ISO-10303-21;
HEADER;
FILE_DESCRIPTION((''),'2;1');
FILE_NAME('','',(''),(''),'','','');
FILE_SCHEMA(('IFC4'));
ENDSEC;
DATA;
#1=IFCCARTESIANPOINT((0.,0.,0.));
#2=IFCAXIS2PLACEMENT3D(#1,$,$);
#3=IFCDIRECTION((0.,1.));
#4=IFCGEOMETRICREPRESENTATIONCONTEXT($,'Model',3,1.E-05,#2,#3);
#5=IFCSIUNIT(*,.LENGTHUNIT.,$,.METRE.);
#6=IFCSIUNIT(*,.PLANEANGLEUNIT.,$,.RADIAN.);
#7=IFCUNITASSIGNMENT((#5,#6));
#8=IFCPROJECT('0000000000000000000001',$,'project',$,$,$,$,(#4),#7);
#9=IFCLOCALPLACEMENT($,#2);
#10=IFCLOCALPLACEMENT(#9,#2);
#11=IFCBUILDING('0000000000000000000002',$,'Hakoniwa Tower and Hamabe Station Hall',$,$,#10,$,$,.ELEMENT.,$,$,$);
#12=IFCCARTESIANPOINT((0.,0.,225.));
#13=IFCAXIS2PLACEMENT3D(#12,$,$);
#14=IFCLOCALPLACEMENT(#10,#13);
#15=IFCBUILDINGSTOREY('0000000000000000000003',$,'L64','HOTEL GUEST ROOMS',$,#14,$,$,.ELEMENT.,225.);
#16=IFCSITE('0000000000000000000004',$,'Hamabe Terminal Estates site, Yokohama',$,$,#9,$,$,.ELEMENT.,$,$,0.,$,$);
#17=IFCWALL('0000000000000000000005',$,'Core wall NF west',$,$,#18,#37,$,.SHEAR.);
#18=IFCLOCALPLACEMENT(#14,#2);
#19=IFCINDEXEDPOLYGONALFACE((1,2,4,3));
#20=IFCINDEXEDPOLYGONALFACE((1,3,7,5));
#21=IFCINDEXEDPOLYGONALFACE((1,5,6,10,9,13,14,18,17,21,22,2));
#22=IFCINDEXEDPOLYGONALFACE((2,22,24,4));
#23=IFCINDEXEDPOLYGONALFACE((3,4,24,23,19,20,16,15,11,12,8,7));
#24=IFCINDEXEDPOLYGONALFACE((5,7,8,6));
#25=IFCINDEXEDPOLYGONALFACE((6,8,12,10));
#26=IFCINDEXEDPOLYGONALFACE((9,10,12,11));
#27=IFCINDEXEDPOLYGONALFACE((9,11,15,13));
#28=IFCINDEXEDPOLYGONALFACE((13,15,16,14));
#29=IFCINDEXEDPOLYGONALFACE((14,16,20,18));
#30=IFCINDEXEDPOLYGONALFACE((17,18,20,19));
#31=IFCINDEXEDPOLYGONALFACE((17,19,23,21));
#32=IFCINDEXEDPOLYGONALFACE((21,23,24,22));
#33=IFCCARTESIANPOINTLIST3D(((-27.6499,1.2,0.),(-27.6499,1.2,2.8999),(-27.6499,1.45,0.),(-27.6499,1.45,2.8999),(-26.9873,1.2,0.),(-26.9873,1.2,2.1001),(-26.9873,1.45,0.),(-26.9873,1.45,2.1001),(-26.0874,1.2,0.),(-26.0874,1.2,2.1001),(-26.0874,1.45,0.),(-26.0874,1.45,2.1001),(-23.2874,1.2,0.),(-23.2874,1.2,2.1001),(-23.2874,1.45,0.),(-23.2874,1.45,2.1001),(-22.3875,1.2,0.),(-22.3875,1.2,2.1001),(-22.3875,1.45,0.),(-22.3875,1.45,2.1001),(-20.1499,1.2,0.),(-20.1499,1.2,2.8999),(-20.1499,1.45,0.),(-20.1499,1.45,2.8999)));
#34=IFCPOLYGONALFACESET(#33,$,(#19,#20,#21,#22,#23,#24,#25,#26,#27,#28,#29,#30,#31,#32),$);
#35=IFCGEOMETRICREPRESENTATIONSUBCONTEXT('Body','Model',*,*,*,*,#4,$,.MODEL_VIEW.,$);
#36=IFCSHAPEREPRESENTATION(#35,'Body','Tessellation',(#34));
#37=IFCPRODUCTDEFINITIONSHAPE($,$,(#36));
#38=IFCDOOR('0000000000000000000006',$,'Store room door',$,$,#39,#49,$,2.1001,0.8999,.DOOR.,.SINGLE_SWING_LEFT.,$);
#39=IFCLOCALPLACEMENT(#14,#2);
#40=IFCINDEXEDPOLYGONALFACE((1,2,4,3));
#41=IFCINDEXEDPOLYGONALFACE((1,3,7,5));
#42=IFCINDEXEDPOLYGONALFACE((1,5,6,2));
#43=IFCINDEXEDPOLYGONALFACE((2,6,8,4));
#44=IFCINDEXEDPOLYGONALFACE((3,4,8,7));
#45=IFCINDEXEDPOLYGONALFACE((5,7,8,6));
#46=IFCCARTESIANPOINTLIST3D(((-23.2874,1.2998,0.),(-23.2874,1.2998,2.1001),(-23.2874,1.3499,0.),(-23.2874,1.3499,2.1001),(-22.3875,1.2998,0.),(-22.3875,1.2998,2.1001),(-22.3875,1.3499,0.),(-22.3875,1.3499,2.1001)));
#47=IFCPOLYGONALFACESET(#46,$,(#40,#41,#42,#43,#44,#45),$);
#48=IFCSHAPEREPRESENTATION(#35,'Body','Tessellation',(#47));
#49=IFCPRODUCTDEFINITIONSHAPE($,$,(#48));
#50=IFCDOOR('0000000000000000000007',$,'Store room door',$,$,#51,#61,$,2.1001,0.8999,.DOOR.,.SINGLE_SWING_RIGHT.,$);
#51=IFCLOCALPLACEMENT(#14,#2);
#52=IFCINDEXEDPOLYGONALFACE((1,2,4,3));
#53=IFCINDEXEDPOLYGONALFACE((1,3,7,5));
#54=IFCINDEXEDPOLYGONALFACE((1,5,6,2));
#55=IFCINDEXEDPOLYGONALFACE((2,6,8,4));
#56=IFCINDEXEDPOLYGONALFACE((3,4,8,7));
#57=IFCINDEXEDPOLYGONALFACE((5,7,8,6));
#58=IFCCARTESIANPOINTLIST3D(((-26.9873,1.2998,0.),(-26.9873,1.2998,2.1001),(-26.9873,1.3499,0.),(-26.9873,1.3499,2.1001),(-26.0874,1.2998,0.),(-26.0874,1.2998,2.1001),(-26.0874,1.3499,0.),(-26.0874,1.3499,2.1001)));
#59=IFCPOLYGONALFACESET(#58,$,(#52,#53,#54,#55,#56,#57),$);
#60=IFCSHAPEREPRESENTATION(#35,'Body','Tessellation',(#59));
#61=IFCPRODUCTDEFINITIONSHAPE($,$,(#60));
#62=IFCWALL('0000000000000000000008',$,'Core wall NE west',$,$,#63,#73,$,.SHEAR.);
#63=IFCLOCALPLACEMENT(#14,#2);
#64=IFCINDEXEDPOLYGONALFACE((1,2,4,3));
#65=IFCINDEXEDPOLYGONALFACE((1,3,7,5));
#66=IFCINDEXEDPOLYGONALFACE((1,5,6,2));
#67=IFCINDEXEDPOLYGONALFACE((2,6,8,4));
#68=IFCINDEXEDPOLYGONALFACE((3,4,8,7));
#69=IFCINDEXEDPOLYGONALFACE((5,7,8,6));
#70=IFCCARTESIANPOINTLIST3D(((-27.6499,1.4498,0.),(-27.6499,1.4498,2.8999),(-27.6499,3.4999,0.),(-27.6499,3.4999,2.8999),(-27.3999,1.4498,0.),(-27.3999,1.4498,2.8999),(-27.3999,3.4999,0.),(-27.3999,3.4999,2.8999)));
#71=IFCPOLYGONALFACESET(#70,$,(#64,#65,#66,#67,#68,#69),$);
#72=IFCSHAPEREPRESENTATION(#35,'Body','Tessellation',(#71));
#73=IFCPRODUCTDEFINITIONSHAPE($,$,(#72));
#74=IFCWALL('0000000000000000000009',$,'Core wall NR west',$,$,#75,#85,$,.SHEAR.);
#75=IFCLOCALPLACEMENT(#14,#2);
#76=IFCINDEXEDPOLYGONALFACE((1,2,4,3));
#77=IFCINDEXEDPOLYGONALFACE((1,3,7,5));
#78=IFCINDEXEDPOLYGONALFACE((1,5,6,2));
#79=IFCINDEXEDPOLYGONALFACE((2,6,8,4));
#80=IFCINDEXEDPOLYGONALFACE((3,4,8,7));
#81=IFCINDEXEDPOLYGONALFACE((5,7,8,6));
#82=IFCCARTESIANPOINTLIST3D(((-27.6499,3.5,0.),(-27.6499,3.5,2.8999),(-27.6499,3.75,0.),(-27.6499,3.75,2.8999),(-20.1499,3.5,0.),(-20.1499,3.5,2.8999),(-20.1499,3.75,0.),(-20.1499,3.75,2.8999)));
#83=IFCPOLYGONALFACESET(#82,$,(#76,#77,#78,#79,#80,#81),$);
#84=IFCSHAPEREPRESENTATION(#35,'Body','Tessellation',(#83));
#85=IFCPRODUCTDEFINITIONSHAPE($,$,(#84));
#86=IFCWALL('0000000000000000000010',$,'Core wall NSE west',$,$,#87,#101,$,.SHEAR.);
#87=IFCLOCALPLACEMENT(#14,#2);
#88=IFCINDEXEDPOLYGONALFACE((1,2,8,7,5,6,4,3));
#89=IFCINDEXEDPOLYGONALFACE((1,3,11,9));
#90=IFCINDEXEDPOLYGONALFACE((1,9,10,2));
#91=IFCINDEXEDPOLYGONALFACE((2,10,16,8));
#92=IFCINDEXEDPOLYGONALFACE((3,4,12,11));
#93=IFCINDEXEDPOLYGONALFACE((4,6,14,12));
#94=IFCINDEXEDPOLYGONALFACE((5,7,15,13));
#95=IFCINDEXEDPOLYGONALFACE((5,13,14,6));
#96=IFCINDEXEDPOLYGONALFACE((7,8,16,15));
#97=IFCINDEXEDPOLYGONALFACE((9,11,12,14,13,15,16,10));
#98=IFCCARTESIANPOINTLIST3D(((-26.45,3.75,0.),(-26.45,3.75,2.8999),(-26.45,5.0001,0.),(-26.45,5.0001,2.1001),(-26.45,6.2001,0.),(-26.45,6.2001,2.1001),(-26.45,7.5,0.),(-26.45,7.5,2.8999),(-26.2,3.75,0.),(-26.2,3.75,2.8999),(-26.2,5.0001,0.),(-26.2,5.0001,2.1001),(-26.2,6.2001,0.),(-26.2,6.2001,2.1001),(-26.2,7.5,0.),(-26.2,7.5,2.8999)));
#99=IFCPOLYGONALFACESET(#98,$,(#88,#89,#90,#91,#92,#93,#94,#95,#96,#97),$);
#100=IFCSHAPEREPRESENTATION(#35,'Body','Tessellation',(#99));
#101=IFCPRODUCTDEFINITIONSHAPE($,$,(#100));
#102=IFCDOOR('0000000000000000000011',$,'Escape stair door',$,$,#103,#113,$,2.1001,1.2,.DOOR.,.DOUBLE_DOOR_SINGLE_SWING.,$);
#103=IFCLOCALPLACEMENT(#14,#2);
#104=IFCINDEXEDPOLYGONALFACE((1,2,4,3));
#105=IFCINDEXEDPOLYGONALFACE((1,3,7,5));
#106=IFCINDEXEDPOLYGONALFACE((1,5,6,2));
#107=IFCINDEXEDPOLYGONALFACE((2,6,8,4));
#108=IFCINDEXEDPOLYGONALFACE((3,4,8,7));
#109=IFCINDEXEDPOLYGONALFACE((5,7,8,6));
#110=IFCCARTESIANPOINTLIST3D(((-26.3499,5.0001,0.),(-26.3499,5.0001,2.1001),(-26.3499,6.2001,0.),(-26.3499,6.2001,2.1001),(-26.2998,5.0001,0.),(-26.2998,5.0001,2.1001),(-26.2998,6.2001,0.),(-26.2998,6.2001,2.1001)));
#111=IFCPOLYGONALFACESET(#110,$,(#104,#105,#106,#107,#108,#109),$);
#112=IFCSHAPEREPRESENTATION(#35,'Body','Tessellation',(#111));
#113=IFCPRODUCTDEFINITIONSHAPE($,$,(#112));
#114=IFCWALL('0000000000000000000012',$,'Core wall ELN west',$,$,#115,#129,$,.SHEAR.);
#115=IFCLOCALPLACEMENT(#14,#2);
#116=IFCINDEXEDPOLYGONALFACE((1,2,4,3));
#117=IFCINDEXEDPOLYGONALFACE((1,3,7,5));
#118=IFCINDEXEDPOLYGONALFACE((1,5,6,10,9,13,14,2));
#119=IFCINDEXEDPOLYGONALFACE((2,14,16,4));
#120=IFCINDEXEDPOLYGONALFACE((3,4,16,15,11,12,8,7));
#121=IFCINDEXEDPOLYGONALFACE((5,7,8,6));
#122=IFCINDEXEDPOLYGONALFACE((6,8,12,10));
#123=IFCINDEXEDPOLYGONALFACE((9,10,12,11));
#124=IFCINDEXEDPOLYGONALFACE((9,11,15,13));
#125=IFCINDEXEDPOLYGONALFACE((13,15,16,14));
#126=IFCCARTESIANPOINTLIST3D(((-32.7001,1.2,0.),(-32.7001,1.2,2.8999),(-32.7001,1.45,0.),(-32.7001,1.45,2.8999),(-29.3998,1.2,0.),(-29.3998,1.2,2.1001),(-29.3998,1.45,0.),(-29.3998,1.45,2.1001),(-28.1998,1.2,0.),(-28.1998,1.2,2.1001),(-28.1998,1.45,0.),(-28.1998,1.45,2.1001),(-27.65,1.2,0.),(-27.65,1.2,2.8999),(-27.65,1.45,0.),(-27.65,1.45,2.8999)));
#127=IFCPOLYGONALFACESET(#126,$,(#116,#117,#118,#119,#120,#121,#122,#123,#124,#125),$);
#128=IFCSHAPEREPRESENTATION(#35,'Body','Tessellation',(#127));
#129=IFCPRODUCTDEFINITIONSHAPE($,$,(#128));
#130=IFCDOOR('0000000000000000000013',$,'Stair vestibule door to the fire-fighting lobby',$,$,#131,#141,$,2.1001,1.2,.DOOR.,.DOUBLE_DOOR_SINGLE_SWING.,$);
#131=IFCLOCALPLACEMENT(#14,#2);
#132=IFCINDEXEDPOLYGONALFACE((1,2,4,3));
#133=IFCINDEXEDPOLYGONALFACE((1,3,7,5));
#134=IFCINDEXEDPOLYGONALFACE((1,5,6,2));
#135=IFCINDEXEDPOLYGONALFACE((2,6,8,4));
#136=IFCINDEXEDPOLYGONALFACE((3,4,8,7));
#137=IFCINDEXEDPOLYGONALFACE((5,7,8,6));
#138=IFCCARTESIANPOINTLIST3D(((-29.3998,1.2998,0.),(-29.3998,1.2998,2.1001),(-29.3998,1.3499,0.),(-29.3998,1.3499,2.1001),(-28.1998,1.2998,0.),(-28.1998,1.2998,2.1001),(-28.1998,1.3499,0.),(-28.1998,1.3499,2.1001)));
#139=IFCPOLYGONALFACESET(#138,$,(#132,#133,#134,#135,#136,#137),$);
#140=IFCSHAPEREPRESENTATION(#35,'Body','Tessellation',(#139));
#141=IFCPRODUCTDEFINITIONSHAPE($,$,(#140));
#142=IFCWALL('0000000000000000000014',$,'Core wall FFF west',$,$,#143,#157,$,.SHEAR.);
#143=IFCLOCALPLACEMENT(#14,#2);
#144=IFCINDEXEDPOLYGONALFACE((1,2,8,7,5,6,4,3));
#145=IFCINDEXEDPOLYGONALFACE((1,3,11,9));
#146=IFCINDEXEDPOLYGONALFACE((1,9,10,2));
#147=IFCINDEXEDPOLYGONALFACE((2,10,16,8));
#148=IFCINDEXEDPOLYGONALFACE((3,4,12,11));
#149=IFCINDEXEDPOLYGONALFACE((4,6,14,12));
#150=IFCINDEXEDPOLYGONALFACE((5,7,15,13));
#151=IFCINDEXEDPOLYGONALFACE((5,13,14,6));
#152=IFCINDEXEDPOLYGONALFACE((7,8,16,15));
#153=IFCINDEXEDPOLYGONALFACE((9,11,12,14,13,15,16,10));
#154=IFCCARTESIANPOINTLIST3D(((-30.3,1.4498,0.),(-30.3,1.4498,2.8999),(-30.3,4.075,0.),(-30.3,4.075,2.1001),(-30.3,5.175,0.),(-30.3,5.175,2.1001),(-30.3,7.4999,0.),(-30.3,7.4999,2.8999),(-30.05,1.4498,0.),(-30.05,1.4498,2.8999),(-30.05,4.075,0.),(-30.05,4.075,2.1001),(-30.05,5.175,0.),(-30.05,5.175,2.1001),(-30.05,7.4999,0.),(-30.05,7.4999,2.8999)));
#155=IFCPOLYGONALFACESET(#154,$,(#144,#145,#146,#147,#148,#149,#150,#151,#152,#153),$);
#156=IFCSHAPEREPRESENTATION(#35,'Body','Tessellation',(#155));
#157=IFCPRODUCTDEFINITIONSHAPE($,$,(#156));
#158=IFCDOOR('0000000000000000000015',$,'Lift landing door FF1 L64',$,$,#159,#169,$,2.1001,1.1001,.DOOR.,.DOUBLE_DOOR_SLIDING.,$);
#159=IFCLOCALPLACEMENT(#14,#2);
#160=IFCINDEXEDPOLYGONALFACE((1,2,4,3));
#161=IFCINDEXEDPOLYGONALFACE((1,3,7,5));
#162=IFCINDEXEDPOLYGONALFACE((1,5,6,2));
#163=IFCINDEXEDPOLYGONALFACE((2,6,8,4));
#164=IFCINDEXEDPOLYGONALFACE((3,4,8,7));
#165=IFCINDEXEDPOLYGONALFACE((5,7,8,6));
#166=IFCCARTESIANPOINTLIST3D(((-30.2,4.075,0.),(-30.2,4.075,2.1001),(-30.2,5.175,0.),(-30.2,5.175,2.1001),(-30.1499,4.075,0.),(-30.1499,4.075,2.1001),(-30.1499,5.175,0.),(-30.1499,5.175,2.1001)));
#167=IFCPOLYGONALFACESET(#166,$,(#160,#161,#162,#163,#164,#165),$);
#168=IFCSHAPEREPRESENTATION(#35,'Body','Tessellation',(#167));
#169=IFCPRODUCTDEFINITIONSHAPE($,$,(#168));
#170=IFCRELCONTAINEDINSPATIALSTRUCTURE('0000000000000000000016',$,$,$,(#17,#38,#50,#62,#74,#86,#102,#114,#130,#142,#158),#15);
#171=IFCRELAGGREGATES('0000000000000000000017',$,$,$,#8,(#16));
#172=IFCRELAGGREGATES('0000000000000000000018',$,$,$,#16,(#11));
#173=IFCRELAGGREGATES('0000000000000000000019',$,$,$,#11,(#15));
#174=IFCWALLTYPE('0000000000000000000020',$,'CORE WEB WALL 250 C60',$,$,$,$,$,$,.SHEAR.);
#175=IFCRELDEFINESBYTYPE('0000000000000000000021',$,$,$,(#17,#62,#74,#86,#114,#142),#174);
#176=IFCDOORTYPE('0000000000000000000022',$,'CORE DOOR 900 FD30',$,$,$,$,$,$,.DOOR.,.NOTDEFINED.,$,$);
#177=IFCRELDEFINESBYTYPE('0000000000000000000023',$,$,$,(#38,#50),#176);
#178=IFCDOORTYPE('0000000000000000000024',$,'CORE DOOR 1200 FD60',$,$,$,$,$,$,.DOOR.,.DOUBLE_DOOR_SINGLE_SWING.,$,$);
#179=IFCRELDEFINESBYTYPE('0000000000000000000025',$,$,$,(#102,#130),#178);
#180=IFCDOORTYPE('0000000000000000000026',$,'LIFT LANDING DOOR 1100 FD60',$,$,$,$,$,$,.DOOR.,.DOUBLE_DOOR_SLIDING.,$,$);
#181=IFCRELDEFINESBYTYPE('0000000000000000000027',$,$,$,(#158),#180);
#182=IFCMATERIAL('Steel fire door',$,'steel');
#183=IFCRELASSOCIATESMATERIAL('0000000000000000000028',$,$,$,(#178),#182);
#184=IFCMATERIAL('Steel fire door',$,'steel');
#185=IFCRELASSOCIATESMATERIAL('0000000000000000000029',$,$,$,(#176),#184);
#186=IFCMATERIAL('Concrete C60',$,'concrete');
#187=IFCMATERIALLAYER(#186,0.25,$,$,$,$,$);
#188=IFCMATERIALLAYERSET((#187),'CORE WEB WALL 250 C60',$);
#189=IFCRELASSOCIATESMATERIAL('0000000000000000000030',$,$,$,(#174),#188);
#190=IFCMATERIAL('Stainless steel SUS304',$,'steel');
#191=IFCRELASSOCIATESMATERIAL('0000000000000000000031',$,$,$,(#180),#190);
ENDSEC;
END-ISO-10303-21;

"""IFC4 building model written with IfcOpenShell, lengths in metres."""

from ifc_helpers import new_model, si_unit, direction, frame, frame_2d, origin, place, context, subcontext, project, spatial, rectangle, extrude, material, layer, layer_set, type_object, element, fill, save


model = new_model("IFC4")

# Units and contexts
model_context = context("Model", 3, precision=1e-05, world=origin(), true_north=direction((0.0, 1.0)))
body_context = subcontext(model_context, "Body", "Model", "MODEL_VIEW")
ifc_project = project(units=[si_unit("LENGTHUNIT", "METRE"), si_unit("PLANEANGLEUNIT", "RADIAN")], contexts=[model_context])

# Site, building, storey
site_placement = place(None, origin())
site = spatial("IfcSite", under=ifc_project, at=site_placement, Name="Hamabe Terminal Estates site, Yokohama", CompositionType="ELEMENT", RefElevation=0.0)
building_placement = place(site_placement, origin())
building = spatial("IfcBuilding", under=site, at=building_placement, Name="Hakoniwa Tower and Hamabe Station Hall", CompositionType="ELEMENT")
storey_placement = place(building_placement, frame((0.0, 0.0, 225.0)))
storey = spatial("IfcBuildingStorey", under=building, at=storey_placement, Name="L64", Description="HOTEL GUEST ROOMS", CompositionType="ELEMENT", Elevation=225.0)

# Shared definitions
ifc_material_1 = material(Name="Steel fire door", Category="steel")
door_type_1 = type_object("IfcDoorType", Name="CORE DOOR 1200 FD60", OperationType="DOUBLE_DOOR_SINGLE_SWING", PredefinedType="DOOR", material=ifc_material_1)
ifc_material_2 = material(Name="Steel fire door", Category="steel")
door_type_2 = type_object("IfcDoorType", Name="CORE DOOR 900 FD30", OperationType="NOTDEFINED", PredefinedType="DOOR", material=ifc_material_2)

# Wall, openings, doors
ifc_material_3 = material(Name="Concrete C60", Category="concrete")
ifc_layer_1 = layer(ifc_material_3, 0.25)
ifc_layer_set_1 = layer_set([ifc_layer_1], Name="CORE WEB WALL 250 C60")
wall_type_1 = type_object("IfcWallType", Name="CORE WEB WALL 250 C60", PredefinedType="SHEAR", material=ifc_layer_set_1)
wall_1_placement = place(storey_placement, frame((-27.6499, 1.325, 0.0), z_axis=(0.0, 0.0, 1.0), x_axis=(1.0, 0.0, 0.0)))
wall_1 = element("IfcWall", 1, at=wall_1_placement, inside=storey, type_object=wall_type_1, Name="Core wall NF west", PredefinedType="SHEAR", context=body_context, shape_type="SweptSolid", body=[
    extrude(rectangle(XDim=7.5, YDim=0.25, at=frame_2d((3.75, 0.0))), origin(), (0.0, 0.0, 1.0), 2.8999),
])
opening_1_placement = place(wall_1_placement, frame((4.3625, 0.0, 0.0)))
opening_1 = element("IfcOpeningElement", 2, at=opening_1_placement, cuts=wall_1, PredefinedType="OPENING", context=body_context, shape_type="SweptSolid", body=[
    extrude(rectangle(XDim=0.8999, YDim=2.1001, at=frame_2d((0.45, 1.05))), frame((0.0, 0.135, 0.0), z_axis=(0.0, -1.0, 0.0), x_axis=(1.0, 0.0, 0.0)), (0.0, 0.0, 1.0), 0.27),
])
opening_2_placement = place(wall_1_placement, frame((0.6626, 0.0, 0.0)))
opening_2 = element("IfcOpeningElement", 3, at=opening_2_placement, cuts=wall_1, PredefinedType="OPENING", context=body_context, shape_type="SweptSolid", body=[
    extrude(rectangle(XDim=0.8999, YDim=2.1001, at=frame_2d((0.45, 1.05))), frame((0.0, 0.135, 0.0), z_axis=(0.0, -1.0, 0.0), x_axis=(1.0, 0.0, 0.0)), (0.0, 0.0, 1.0), 0.27),
])
door_1_placement = place(opening_1_placement, origin())
door_1 = element("IfcDoor", 4, at=door_1_placement, inside=storey, type_object=door_type_2, Name="Store room door", OperationType="SINGLE_SWING_LEFT", OverallHeight=2.1001, OverallWidth=0.8999, PredefinedType="DOOR", context=body_context, shape_type="SweptSolid", body=[
    extrude(rectangle(XDim=0.8999, YDim=2.1001, at=frame_2d((0.45, 1.05))), frame((0.0, 0.0249, 0.0), z_axis=(0.0, -1.0, 0.0), x_axis=(1.0, 0.0, 0.0)), (0.0, 0.0, 1.0), 0.05),
])
fill(opening_1, door_1)
door_2_placement = place(opening_2_placement, origin())
door_2 = element("IfcDoor", 5, at=door_2_placement, inside=storey, type_object=door_type_2, Name="Store room door", OperationType="SINGLE_SWING_RIGHT", OverallHeight=2.1001, OverallWidth=0.8999, PredefinedType="DOOR", context=body_context, shape_type="SweptSolid", body=[
    extrude(rectangle(XDim=0.8999, YDim=2.1001, at=frame_2d((0.45, 1.05))), frame((0.0, 0.0249, 0.0), z_axis=(0.0, -1.0, 0.0), x_axis=(1.0, 0.0, 0.0)), (0.0, 0.0, 1.0), 0.05),
])
fill(opening_2, door_2)

# Walls
wall_2_placement = place(storey_placement, frame((-27.5249, 1.45, 0.0), z_axis=(0.0, 0.0, 1.0), x_axis=(0.0, 1.0, 0.0)))
element("IfcWall", 6, at=wall_2_placement, inside=storey, type_object=wall_type_1, Name="Core wall NE west", PredefinedType="SHEAR", context=body_context, shape_type="SweptSolid", body=[
    extrude(rectangle(XDim=2.05, YDim=0.25, at=frame_2d((1.0249, 0.0))), origin(), (0.0, 0.0, 1.0), 2.8999),
])
wall_3_placement = place(storey_placement, frame((-27.6499, 3.625, 0.0), z_axis=(0.0, 0.0, 1.0), x_axis=(1.0, 0.0, 0.0)))
element("IfcWall", 7, at=wall_3_placement, inside=storey, type_object=wall_type_1, Name="Core wall NR west", PredefinedType="SHEAR", context=body_context, shape_type="SweptSolid", body=[
    extrude(rectangle(XDim=7.5, YDim=0.25, at=frame_2d((3.75, 0.0))), origin(), (0.0, 0.0, 1.0), 2.8999),
])

# Walls, openings, doors
wall_4_placement = place(storey_placement, frame((-26.325, 3.75, 0.0), z_axis=(0.0, 0.0, 1.0), x_axis=(0.0, 1.0, 0.0)))
wall_4 = element("IfcWall", 8, at=wall_4_placement, inside=storey, type_object=wall_type_1, Name="Core wall NSE west", PredefinedType="SHEAR", context=body_context, shape_type="SweptSolid", body=[
    extrude(rectangle(XDim=3.75, YDim=0.25, at=frame_2d((1.875, 0.0))), origin(), (0.0, 0.0, 1.0), 2.8999),
])
opening_3_placement = place(wall_4_placement, frame((1.25, 0.0, 0.0)))
opening_3 = element("IfcOpeningElement", 9, at=opening_3_placement, cuts=wall_4, PredefinedType="OPENING", context=body_context, shape_type="SweptSolid", body=[
    extrude(rectangle(XDim=1.2, YDim=2.1001, at=frame_2d((0.6001, 1.05))), frame((0.0, 0.135, 0.0), z_axis=(0.0, -1.0, 0.0), x_axis=(1.0, 0.0, 0.0)), (0.0, 0.0, 1.0), 0.27),
])
door_3_placement = place(opening_3_placement, origin())
door_3 = element("IfcDoor", 10, at=door_3_placement, inside=storey, type_object=door_type_1, Name="Escape stair door", OperationType="DOUBLE_DOOR_SINGLE_SWING", OverallHeight=2.1001, OverallWidth=1.2, PredefinedType="DOOR", context=body_context, shape_type="SweptSolid", body=[
    extrude(rectangle(XDim=1.2, YDim=2.1001, at=frame_2d((0.6001, 1.05))), frame((0.0, 0.0249, 0.0), z_axis=(0.0, -1.0, 0.0), x_axis=(1.0, 0.0, 0.0)), (0.0, 0.0, 1.0), 0.05),
])
fill(opening_3, door_3)
wall_5_placement = place(storey_placement, frame((-32.7, 1.325, 0.0), z_axis=(0.0, 0.0, 1.0), x_axis=(1.0, 0.0, 0.0)))
wall_5 = element("IfcWall", 11, at=wall_5_placement, inside=storey, type_object=wall_type_1, Name="Core wall ELN west", PredefinedType="SHEAR", context=body_context, shape_type="SweptSolid", body=[
    extrude(rectangle(XDim=5.05, YDim=0.25, at=frame_2d((2.5249, 0.0))), origin(), (0.0, 0.0, 1.0), 2.8999),
])
opening_4_placement = place(wall_5_placement, frame((3.3, 0.0, 0.0)))
opening_4 = element("IfcOpeningElement", 12, at=opening_4_placement, cuts=wall_5, PredefinedType="OPENING", context=body_context, shape_type="SweptSolid", body=[
    extrude(rectangle(XDim=1.2, YDim=2.1001, at=frame_2d((0.6001, 1.05))), frame((0.0, 0.135, 0.0), z_axis=(0.0, -1.0, 0.0), x_axis=(1.0, 0.0, 0.0)), (0.0, 0.0, 1.0), 0.27),
])
door_4_placement = place(opening_4_placement, origin())
door_4 = element("IfcDoor", 13, at=door_4_placement, inside=storey, type_object=door_type_1, Name="Stair vestibule door to the fire-fighting lobby", OperationType="DOUBLE_DOOR_SINGLE_SWING", OverallHeight=2.1001, OverallWidth=1.2, PredefinedType="DOOR", context=body_context, shape_type="SweptSolid", body=[
    extrude(rectangle(XDim=1.2, YDim=2.1001, at=frame_2d((0.6001, 1.05))), frame((0.0, 0.0249, 0.0), z_axis=(0.0, -1.0, 0.0), x_axis=(1.0, 0.0, 0.0)), (0.0, 0.0, 1.0), 0.05),
])
fill(opening_4, door_4)
wall_6_placement = place(storey_placement, frame((-30.175, 1.45, 0.0), z_axis=(0.0, 0.0, 1.0), x_axis=(0.0, 1.0, 0.0)))
wall_6 = element("IfcWall", 14, at=wall_6_placement, inside=storey, type_object=wall_type_1, Name="Core wall FFF west", PredefinedType="SHEAR", context=body_context, shape_type="SweptSolid", body=[
    extrude(rectangle(XDim=6.05, YDim=0.25, at=frame_2d((3.0249, 0.0))), origin(), (0.0, 0.0, 1.0), 2.8999),
])
opening_5_placement = place(wall_6_placement, frame((2.625, 0.0, 0.0)))
opening_5 = element("IfcOpeningElement", 15, at=opening_5_placement, cuts=wall_6, PredefinedType="OPENING", context=body_context, shape_type="SweptSolid", body=[
    extrude(rectangle(XDim=1.1001, YDim=2.1001, at=frame_2d((0.55, 1.05))), frame((0.0, 0.135, 0.0), z_axis=(0.0, -1.0, 0.0), x_axis=(1.0, 0.0, 0.0)), (0.0, 0.0, 1.0), 0.27),
])
ifc_material_4 = material(Name="Stainless steel SUS304", Category="steel")
door_type_3 = type_object("IfcDoorType", Name="LIFT LANDING DOOR 1100 FD60", OperationType="DOUBLE_DOOR_SLIDING", PredefinedType="DOOR", material=ifc_material_4)
door_5_placement = place(opening_5_placement, origin())
door_5 = element("IfcDoor", 16, at=door_5_placement, inside=storey, type_object=door_type_3, Name="Lift landing door FF1 L64", OperationType="DOUBLE_DOOR_SLIDING", OverallHeight=2.1001, OverallWidth=1.1001, PredefinedType="DOOR", context=body_context, shape_type="SweptSolid", body=[
    extrude(rectangle(XDim=1.1001, YDim=2.1001, at=frame_2d((0.55, 1.05))), frame((0.0, 0.0249, 0.0), z_axis=(0.0, -1.0, 0.0), x_axis=(1.0, 0.0, 0.0)), (0.0, 0.0, 1.0), 0.05),
])
fill(opening_5, door_5)

save(model, "model.ifc")
